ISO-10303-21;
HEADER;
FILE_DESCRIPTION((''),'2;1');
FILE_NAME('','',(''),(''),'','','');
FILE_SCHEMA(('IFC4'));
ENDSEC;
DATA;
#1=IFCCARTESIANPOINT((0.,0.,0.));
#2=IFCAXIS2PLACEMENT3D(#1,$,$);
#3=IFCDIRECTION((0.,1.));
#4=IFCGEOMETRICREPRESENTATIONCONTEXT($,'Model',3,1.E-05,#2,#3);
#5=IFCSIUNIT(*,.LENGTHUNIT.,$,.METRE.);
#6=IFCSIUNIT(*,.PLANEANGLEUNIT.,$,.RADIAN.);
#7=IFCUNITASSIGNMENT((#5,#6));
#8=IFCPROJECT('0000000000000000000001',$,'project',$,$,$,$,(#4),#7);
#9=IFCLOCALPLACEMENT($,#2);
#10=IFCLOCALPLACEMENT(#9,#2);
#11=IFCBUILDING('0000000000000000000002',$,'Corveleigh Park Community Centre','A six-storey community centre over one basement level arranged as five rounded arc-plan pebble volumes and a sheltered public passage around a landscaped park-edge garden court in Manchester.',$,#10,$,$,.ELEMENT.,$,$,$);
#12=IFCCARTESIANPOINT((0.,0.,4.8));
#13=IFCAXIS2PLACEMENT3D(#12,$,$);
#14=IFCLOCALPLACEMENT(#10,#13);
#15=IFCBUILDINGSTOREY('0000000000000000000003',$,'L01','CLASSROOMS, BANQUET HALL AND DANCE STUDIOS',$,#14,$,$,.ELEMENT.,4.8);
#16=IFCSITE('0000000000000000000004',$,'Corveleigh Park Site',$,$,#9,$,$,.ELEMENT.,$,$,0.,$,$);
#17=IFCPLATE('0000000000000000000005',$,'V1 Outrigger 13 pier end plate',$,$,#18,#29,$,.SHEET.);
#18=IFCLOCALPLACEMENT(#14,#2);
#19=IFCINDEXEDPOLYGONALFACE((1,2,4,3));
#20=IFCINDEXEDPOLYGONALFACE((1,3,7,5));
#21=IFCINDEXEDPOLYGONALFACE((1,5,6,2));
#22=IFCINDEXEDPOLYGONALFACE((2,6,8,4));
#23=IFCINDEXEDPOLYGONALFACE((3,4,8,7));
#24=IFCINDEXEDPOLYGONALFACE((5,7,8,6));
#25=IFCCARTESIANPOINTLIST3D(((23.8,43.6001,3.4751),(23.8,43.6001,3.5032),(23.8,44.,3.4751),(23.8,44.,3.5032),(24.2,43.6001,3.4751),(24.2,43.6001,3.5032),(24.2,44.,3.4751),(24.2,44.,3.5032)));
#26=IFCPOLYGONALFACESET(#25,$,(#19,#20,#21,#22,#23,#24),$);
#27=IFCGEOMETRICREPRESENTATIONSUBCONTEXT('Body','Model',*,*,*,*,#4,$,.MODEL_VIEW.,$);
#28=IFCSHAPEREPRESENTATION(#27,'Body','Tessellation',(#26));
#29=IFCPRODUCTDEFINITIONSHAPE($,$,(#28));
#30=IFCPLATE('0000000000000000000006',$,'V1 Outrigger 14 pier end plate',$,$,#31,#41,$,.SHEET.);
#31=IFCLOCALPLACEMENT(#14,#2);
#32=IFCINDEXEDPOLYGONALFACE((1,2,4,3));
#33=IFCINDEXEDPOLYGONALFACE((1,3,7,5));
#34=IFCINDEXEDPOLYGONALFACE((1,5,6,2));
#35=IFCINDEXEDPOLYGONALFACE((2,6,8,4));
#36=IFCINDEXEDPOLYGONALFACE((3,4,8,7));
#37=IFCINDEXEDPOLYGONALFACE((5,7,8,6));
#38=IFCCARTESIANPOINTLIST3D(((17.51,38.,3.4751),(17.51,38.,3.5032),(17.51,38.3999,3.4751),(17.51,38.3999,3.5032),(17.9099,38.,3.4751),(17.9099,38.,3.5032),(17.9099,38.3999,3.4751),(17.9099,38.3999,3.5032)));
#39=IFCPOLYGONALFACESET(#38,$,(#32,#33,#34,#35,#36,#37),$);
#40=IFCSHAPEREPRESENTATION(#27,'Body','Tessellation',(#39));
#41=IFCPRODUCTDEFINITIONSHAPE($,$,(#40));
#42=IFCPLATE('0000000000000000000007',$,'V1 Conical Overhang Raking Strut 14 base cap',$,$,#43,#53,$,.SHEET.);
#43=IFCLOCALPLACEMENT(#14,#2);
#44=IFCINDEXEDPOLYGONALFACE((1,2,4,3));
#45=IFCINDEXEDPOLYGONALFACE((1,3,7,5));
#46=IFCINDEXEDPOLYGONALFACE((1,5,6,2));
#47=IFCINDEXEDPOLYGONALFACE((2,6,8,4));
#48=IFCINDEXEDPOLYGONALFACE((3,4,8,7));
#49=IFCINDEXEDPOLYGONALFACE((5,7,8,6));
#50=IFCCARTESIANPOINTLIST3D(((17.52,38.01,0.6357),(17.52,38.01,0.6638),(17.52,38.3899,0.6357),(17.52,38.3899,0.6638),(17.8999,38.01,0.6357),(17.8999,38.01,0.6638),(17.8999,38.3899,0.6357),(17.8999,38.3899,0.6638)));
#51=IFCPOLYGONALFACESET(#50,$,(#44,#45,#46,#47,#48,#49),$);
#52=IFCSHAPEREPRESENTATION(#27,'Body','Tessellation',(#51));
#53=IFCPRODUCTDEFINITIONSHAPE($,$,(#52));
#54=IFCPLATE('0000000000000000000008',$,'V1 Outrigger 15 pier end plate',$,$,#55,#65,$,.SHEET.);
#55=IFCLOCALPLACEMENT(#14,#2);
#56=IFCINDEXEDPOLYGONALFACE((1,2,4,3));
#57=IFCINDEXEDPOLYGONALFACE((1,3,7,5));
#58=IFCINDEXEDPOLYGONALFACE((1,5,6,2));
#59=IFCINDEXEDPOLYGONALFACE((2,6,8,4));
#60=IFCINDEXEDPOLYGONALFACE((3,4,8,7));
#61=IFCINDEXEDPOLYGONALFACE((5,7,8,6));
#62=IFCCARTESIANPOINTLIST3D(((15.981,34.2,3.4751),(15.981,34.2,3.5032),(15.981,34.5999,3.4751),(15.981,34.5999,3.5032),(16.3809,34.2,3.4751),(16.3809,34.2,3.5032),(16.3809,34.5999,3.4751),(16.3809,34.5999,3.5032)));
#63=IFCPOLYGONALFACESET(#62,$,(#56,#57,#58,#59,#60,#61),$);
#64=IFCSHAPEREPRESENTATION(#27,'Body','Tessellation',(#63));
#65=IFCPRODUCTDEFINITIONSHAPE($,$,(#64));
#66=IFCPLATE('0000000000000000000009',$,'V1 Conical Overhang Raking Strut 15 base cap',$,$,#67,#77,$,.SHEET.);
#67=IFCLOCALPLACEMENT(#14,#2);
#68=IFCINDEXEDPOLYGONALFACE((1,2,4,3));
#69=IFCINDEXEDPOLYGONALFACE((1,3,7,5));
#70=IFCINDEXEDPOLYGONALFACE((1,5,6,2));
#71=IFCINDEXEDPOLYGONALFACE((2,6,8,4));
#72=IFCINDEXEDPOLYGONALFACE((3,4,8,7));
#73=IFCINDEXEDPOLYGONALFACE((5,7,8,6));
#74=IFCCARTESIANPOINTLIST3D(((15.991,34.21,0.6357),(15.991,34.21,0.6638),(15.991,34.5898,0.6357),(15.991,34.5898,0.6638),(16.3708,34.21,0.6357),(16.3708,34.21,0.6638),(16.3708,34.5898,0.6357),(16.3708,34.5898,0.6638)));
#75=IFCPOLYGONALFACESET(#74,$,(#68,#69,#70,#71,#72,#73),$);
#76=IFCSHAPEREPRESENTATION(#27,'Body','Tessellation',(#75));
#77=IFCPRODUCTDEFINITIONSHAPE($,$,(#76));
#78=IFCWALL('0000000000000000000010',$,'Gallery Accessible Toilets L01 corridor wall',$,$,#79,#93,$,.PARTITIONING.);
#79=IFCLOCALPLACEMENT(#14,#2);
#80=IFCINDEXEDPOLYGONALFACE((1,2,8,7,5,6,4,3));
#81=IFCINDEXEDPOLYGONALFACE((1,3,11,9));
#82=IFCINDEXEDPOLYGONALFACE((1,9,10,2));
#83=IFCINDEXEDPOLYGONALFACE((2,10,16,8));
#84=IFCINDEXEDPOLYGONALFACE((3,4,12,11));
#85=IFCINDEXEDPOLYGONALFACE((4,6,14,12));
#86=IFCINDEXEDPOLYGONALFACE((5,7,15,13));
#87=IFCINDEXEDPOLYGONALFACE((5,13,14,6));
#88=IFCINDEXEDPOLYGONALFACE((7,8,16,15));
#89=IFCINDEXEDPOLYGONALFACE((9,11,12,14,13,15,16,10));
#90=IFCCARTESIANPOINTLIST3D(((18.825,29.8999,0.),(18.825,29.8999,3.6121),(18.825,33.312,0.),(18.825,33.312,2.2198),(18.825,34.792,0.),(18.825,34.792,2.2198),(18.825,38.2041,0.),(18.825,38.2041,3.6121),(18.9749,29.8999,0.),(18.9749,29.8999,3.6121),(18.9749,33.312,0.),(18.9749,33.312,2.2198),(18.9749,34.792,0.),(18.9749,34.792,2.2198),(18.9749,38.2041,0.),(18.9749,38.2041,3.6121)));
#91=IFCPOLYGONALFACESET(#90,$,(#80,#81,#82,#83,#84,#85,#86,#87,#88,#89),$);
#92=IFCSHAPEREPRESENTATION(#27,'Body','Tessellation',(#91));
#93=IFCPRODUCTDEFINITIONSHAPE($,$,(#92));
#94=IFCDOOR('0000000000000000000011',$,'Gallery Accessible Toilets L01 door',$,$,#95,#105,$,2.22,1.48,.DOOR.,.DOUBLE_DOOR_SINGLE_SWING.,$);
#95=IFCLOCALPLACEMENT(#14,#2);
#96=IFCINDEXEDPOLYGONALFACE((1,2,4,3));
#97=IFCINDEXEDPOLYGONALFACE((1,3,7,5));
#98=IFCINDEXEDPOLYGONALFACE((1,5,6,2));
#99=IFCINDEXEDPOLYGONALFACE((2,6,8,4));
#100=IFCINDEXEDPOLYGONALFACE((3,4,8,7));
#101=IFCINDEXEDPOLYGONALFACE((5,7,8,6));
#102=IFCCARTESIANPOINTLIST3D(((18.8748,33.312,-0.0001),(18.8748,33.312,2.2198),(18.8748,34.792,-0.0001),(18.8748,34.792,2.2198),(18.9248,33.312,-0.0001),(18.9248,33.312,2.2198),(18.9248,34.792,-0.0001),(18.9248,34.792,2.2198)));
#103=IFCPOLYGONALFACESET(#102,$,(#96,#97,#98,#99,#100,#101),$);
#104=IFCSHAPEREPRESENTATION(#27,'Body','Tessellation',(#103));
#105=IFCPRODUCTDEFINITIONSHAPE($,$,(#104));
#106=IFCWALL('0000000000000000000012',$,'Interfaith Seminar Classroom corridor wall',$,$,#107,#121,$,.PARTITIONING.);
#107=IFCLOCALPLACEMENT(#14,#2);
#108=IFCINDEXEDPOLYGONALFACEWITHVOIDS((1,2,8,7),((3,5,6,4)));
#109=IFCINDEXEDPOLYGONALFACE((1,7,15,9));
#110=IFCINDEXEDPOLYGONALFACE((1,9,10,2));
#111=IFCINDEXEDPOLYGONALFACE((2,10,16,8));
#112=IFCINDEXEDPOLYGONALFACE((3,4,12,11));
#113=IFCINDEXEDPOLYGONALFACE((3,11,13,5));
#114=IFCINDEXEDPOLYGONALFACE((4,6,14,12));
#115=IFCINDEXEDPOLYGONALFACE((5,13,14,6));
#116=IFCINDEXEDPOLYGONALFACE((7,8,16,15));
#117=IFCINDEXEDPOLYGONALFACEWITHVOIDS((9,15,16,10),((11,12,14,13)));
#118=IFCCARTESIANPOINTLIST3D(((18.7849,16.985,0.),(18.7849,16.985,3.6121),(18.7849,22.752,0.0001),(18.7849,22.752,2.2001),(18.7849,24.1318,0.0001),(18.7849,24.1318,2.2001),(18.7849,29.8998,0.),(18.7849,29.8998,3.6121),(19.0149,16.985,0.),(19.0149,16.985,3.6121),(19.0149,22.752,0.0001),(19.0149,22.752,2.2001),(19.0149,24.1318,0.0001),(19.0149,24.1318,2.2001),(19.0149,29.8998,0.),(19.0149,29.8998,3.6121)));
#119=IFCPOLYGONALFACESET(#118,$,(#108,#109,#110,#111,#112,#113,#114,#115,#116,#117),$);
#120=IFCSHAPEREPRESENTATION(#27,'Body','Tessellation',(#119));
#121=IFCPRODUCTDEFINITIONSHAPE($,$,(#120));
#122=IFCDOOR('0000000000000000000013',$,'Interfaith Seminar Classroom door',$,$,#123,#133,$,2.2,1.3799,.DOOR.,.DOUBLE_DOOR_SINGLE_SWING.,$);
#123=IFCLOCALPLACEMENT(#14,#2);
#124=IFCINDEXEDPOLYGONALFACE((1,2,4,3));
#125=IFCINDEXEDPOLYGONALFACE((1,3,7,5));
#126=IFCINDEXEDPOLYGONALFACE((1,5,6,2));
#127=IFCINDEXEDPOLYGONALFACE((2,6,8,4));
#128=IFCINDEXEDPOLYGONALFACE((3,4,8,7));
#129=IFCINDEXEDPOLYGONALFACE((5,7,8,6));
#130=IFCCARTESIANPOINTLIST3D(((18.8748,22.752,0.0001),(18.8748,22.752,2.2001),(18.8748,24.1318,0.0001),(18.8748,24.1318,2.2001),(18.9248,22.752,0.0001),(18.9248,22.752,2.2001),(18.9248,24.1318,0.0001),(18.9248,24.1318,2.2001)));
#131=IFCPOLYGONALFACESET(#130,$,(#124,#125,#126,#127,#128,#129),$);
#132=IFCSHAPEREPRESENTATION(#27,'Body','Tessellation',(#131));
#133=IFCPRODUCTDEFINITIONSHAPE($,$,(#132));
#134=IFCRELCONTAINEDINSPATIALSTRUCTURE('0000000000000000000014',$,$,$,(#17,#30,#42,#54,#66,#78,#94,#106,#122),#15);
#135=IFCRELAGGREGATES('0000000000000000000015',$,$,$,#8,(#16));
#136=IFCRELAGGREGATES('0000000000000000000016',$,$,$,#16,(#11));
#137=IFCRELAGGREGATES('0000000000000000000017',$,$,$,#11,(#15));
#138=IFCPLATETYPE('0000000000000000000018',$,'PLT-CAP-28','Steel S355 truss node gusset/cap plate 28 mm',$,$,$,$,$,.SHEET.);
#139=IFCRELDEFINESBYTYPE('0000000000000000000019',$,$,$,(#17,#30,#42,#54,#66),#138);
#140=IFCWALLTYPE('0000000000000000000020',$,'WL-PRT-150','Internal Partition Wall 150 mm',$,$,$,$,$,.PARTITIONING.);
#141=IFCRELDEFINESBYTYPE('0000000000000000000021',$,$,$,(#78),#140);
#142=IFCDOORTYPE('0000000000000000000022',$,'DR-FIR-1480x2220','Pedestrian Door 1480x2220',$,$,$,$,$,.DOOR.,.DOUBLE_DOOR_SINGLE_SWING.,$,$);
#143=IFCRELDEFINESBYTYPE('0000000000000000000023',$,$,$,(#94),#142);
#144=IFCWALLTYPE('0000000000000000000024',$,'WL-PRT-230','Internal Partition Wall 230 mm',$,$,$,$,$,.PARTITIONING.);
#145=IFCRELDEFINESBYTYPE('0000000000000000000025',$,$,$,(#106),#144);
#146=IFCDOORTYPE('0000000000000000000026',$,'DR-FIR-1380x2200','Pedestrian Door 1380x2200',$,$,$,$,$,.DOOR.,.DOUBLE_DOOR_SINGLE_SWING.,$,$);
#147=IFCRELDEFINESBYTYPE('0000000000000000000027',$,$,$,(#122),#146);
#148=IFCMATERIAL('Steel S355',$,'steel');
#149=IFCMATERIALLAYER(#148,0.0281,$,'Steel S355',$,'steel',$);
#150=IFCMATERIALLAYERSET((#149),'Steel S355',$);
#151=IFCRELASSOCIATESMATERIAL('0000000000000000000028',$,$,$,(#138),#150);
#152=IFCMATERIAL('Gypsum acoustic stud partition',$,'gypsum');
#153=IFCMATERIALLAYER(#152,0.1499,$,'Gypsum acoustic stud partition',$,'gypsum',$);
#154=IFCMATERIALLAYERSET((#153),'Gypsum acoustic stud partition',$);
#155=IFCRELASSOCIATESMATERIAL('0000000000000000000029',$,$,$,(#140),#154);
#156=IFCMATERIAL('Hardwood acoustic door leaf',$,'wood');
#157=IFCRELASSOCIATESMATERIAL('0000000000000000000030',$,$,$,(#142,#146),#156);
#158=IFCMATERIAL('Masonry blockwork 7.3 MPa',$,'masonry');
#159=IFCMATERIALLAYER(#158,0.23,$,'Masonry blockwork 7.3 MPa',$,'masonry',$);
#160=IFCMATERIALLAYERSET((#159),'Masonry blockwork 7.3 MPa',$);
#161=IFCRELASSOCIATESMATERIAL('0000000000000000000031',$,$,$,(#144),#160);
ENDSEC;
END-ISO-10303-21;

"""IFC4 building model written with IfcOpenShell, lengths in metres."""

from ifc_helpers import new_model, si_unit, direction, frame, frame_2d, origin, origin_2d, place, context, subcontext, project, spatial, rectangle, extrude, material, layer, layer_set, type_object, element, fill, save


model = new_model("IFC4")

# Units and contexts
model_context = context("Model", 3, precision=1e-05, world=origin(), true_north=direction((0.0, 1.0)))
body_context = subcontext(model_context, "Body", "Model", "MODEL_VIEW")
ifc_project = project(units=[si_unit("LENGTHUNIT", "METRE"), si_unit("PLANEANGLEUNIT", "RADIAN")], contexts=[model_context])

# Site, building, storey
site_placement = place(None, origin())
site = spatial("IfcSite", under=ifc_project, at=site_placement, Name="Corveleigh Park Site", CompositionType="ELEMENT", RefElevation=0.0)
building_placement = place(site_placement, origin())
building = spatial("IfcBuilding", under=site, at=building_placement, Name="Corveleigh Park Community Centre", Description="A six-storey community centre over one basement level arranged as five rounded arc-plan pebble volumes and a sheltered public passage around a landscaped park-edge garden court in Manchester.", CompositionType="ELEMENT")
storey_placement = place(building_placement, frame((0.0, 0.0, 4.8)))
storey = spatial("IfcBuildingStorey", under=building, at=storey_placement, Name="L01", Description="CLASSROOMS, BANQUET HALL AND DANCE STUDIOS", CompositionType="ELEMENT", Elevation=4.8)

# Shared definitions
ifc_material_1 = material(Name="Steel S355", Category="steel")

# Plates
ifc_layer_1 = layer(ifc_material_1, 0.0281, Name="Steel S355", Category="steel")
ifc_layer_set_1 = layer_set([ifc_layer_1], Name="Steel S355")
plate_type_1 = type_object("IfcPlateType", Name="PLT-CAP-28", Description="Steel S355 truss node gusset/cap plate 28 mm", PredefinedType="SHEET", material=ifc_layer_set_1)
for number, where, z_axis, x_axis, name in (
    (1, (24.0, 43.8, 3.4751), (0.0, 0.0, 1.0), (1.0, 0.0, 0.0), "V1 Outrigger 13 pier end plate"),
    (2, (17.71, 38.2, 3.4751), (0.0, 0.0, 1.0), (1.0, 0.0, 0.0), "V1 Outrigger 14 pier end plate"),
):
    element("IfcPlate", number, at=place(storey_placement, frame(where, z_axis=z_axis, x_axis=x_axis)), inside=storey, type_object=plate_type_1, Name=name, PredefinedType="SHEET", context=body_context, shape_type="SweptSolid", body=[
        extrude(rectangle(XDim=0.3999, YDim=0.3999, at=origin_2d()), origin(), (0.0, 0.0, 1.0), 0.0281),
    ])
plate_1_placement = place(storey_placement, frame((17.71, 38.2, 0.6357), z_axis=(0.0, 0.0, 1.0), x_axis=(1.0, 0.0, 0.0)))
element("IfcPlate", 3, at=plate_1_placement, inside=storey, type_object=plate_type_1, Name="V1 Conical Overhang Raking Strut 14 base cap", PredefinedType="SHEET", context=body_context, shape_type="SweptSolid", body=[
    extrude(rectangle(XDim=0.3799, YDim=0.3799, at=origin_2d()), origin(), (0.0, 0.0, 1.0), 0.0281),
])
plate_2_placement = place(storey_placement, frame((16.1809, 34.3999, 3.4751), z_axis=(0.0, 0.0, 1.0), x_axis=(1.0, 0.0, 0.0)))
element("IfcPlate", 4, at=plate_2_placement, inside=storey, type_object=plate_type_1, Name="V1 Outrigger 15 pier end plate", PredefinedType="SHEET", context=body_context, shape_type="SweptSolid", body=[
    extrude(rectangle(XDim=0.3999, YDim=0.3999, at=origin_2d()), origin(), (0.0, 0.0, 1.0), 0.0281),
])
plate_3_placement = place(storey_placement, frame((16.1809, 34.3999, 0.6357), z_axis=(0.0, 0.0, 1.0), x_axis=(1.0, 0.0, 0.0)))
element("IfcPlate", 5, at=plate_3_placement, inside=storey, type_object=plate_type_1, Name="V1 Conical Overhang Raking Strut 15 base cap", PredefinedType="SHEET", context=body_context, shape_type="SweptSolid", body=[
    extrude(rectangle(XDim=0.3799, YDim=0.3799, at=origin_2d()), origin(), (0.0, 0.0, 1.0), 0.0281),
])

# Walls, openings, doors
ifc_material_2 = material(Name="Gypsum acoustic stud partition", Category="gypsum")
ifc_layer_2 = layer(ifc_material_2, 0.1499, Name="Gypsum acoustic stud partition", Category="gypsum")
ifc_layer_set_2 = layer_set([ifc_layer_2], Name="Gypsum acoustic stud partition")
wall_type_1 = type_object("IfcWallType", Name="WL-PRT-150", Description="Internal Partition Wall 150 mm", PredefinedType="PARTITIONING", material=ifc_layer_set_2)
wall_1_placement = place(storey_placement, frame((18.8999, 38.2041, 0.0), z_axis=(0.0, 0.0, 1.0), x_axis=(0.0, -1.0, 0.0)))
wall_1 = element("IfcWall", 6, at=wall_1_placement, inside=storey, type_object=wall_type_1, Name="Gallery Accessible Toilets L01 corridor wall", PredefinedType="PARTITIONING", context=body_context, shape_type="SweptSolid", body=[
    extrude(rectangle(XDim=8.3042, YDim=0.1499, at=frame_2d((4.1521, 0.0))), origin(), (0.0, 0.0, 1.0), 3.6121),
])
opening_1_placement = place(wall_1_placement, frame((3.4121, 0.0, 0.0)))
opening_1 = element("IfcOpeningElement", 7, at=opening_1_placement, cuts=wall_1, PredefinedType="OPENING", context=body_context, shape_type="SweptSolid", body=[
    extrude(rectangle(XDim=1.48, YDim=2.22, at=frame_2d((0.74, 1.1099))), frame((0.0, 0.085, 0.0), z_axis=(0.0, -1.0, 0.0), x_axis=(1.0, 0.0, 0.0)), (0.0, 0.0, 1.0), 0.1699),
])
ifc_material_3 = material(Name="Hardwood acoustic door leaf", Category="wood")
door_type_1 = type_object("IfcDoorType", Name="DR-FIR-1480x2220", Description="Pedestrian Door 1480x2220", OperationType="DOUBLE_DOOR_SINGLE_SWING", PredefinedType="DOOR", material=ifc_material_3)
door_1_placement = place(opening_1_placement, origin())
door_1 = element("IfcDoor", 8, at=door_1_placement, inside=storey, type_object=door_type_1, Name="Gallery Accessible Toilets L01 door", OperationType="DOUBLE_DOOR_SINGLE_SWING", OverallHeight=2.22, OverallWidth=1.48, PredefinedType="DOOR", context=body_context, shape_type="SweptSolid", body=[
    extrude(rectangle(XDim=1.48, YDim=2.22, at=frame_2d((0.74, 1.1099))), frame((0.0, 0.0249, 0.0), z_axis=(0.0, -1.0, 0.0), x_axis=(1.0, 0.0, 0.0)), (0.0, 0.0, 1.0), 0.05),
])
fill(opening_1, door_1)
ifc_material_4 = material(Name="Masonry blockwork 7.3 MPa", Category="masonry")
ifc_layer_3 = layer(ifc_material_4, 0.23, Name="Masonry blockwork 7.3 MPa", Category="masonry")
ifc_layer_set_3 = layer_set([ifc_layer_3], Name="Masonry blockwork 7.3 MPa")
wall_type_2 = type_object("IfcWallType", Name="WL-PRT-230", Description="Internal Partition Wall 230 mm", PredefinedType="PARTITIONING", material=ifc_layer_set_3)
wall_2_placement = place(storey_placement, frame((18.8999, 29.8999, 0.0), z_axis=(0.0, 0.0, 1.0), x_axis=(0.0, -1.0, 0.0)))
wall_2 = element("IfcWall", 9, at=wall_2_placement, inside=storey, type_object=wall_type_2, Name="Interfaith Seminar Classroom corridor wall", PredefinedType="PARTITIONING", context=body_context, shape_type="SweptSolid", body=[
    extrude(rectangle(XDim=12.9148, YDim=0.23, at=frame_2d((6.4575, 0.0))), origin(), (0.0, 0.0, 1.0), 3.6121),
])
opening_2_placement = place(wall_2_placement, frame((5.7681, 0.0, 0.0)))
opening_2 = element("IfcOpeningElement", 10, at=opening_2_placement, cuts=wall_2, PredefinedType="OPENING", context=body_context, shape_type="SweptSolid", body=[
    extrude(rectangle(XDim=1.3799, YDim=2.2, at=frame_2d((0.6899, 1.1001))), frame((0.0, 0.125, 0.0), z_axis=(0.0, -1.0, 0.0), x_axis=(1.0, 0.0, 0.0)), (0.0, 0.0, 1.0), 0.25),
])
door_type_2 = type_object("IfcDoorType", Name="DR-FIR-1380x2200", Description="Pedestrian Door 1380x2200", OperationType="DOUBLE_DOOR_SINGLE_SWING", PredefinedType="DOOR", material=ifc_material_3)
door_2_placement = place(opening_2_placement, origin())
door_2 = element("IfcDoor", 11, at=door_2_placement, inside=storey, type_object=door_type_2, Name="Interfaith Seminar Classroom door", OperationType="DOUBLE_DOOR_SINGLE_SWING", OverallHeight=2.2, OverallWidth=1.3799, PredefinedType="DOOR", context=body_context, shape_type="SweptSolid", body=[
    extrude(rectangle(XDim=1.3799, YDim=2.2, at=frame_2d((0.6899, 1.1001))), frame((0.0, 0.0249, 0.0), z_axis=(0.0, -1.0, 0.0), x_axis=(1.0, 0.0, 0.0)), (0.0, 0.0, 1.0), 0.05),
])
fill(opening_2, door_2)

save(model, "model.ifc")
